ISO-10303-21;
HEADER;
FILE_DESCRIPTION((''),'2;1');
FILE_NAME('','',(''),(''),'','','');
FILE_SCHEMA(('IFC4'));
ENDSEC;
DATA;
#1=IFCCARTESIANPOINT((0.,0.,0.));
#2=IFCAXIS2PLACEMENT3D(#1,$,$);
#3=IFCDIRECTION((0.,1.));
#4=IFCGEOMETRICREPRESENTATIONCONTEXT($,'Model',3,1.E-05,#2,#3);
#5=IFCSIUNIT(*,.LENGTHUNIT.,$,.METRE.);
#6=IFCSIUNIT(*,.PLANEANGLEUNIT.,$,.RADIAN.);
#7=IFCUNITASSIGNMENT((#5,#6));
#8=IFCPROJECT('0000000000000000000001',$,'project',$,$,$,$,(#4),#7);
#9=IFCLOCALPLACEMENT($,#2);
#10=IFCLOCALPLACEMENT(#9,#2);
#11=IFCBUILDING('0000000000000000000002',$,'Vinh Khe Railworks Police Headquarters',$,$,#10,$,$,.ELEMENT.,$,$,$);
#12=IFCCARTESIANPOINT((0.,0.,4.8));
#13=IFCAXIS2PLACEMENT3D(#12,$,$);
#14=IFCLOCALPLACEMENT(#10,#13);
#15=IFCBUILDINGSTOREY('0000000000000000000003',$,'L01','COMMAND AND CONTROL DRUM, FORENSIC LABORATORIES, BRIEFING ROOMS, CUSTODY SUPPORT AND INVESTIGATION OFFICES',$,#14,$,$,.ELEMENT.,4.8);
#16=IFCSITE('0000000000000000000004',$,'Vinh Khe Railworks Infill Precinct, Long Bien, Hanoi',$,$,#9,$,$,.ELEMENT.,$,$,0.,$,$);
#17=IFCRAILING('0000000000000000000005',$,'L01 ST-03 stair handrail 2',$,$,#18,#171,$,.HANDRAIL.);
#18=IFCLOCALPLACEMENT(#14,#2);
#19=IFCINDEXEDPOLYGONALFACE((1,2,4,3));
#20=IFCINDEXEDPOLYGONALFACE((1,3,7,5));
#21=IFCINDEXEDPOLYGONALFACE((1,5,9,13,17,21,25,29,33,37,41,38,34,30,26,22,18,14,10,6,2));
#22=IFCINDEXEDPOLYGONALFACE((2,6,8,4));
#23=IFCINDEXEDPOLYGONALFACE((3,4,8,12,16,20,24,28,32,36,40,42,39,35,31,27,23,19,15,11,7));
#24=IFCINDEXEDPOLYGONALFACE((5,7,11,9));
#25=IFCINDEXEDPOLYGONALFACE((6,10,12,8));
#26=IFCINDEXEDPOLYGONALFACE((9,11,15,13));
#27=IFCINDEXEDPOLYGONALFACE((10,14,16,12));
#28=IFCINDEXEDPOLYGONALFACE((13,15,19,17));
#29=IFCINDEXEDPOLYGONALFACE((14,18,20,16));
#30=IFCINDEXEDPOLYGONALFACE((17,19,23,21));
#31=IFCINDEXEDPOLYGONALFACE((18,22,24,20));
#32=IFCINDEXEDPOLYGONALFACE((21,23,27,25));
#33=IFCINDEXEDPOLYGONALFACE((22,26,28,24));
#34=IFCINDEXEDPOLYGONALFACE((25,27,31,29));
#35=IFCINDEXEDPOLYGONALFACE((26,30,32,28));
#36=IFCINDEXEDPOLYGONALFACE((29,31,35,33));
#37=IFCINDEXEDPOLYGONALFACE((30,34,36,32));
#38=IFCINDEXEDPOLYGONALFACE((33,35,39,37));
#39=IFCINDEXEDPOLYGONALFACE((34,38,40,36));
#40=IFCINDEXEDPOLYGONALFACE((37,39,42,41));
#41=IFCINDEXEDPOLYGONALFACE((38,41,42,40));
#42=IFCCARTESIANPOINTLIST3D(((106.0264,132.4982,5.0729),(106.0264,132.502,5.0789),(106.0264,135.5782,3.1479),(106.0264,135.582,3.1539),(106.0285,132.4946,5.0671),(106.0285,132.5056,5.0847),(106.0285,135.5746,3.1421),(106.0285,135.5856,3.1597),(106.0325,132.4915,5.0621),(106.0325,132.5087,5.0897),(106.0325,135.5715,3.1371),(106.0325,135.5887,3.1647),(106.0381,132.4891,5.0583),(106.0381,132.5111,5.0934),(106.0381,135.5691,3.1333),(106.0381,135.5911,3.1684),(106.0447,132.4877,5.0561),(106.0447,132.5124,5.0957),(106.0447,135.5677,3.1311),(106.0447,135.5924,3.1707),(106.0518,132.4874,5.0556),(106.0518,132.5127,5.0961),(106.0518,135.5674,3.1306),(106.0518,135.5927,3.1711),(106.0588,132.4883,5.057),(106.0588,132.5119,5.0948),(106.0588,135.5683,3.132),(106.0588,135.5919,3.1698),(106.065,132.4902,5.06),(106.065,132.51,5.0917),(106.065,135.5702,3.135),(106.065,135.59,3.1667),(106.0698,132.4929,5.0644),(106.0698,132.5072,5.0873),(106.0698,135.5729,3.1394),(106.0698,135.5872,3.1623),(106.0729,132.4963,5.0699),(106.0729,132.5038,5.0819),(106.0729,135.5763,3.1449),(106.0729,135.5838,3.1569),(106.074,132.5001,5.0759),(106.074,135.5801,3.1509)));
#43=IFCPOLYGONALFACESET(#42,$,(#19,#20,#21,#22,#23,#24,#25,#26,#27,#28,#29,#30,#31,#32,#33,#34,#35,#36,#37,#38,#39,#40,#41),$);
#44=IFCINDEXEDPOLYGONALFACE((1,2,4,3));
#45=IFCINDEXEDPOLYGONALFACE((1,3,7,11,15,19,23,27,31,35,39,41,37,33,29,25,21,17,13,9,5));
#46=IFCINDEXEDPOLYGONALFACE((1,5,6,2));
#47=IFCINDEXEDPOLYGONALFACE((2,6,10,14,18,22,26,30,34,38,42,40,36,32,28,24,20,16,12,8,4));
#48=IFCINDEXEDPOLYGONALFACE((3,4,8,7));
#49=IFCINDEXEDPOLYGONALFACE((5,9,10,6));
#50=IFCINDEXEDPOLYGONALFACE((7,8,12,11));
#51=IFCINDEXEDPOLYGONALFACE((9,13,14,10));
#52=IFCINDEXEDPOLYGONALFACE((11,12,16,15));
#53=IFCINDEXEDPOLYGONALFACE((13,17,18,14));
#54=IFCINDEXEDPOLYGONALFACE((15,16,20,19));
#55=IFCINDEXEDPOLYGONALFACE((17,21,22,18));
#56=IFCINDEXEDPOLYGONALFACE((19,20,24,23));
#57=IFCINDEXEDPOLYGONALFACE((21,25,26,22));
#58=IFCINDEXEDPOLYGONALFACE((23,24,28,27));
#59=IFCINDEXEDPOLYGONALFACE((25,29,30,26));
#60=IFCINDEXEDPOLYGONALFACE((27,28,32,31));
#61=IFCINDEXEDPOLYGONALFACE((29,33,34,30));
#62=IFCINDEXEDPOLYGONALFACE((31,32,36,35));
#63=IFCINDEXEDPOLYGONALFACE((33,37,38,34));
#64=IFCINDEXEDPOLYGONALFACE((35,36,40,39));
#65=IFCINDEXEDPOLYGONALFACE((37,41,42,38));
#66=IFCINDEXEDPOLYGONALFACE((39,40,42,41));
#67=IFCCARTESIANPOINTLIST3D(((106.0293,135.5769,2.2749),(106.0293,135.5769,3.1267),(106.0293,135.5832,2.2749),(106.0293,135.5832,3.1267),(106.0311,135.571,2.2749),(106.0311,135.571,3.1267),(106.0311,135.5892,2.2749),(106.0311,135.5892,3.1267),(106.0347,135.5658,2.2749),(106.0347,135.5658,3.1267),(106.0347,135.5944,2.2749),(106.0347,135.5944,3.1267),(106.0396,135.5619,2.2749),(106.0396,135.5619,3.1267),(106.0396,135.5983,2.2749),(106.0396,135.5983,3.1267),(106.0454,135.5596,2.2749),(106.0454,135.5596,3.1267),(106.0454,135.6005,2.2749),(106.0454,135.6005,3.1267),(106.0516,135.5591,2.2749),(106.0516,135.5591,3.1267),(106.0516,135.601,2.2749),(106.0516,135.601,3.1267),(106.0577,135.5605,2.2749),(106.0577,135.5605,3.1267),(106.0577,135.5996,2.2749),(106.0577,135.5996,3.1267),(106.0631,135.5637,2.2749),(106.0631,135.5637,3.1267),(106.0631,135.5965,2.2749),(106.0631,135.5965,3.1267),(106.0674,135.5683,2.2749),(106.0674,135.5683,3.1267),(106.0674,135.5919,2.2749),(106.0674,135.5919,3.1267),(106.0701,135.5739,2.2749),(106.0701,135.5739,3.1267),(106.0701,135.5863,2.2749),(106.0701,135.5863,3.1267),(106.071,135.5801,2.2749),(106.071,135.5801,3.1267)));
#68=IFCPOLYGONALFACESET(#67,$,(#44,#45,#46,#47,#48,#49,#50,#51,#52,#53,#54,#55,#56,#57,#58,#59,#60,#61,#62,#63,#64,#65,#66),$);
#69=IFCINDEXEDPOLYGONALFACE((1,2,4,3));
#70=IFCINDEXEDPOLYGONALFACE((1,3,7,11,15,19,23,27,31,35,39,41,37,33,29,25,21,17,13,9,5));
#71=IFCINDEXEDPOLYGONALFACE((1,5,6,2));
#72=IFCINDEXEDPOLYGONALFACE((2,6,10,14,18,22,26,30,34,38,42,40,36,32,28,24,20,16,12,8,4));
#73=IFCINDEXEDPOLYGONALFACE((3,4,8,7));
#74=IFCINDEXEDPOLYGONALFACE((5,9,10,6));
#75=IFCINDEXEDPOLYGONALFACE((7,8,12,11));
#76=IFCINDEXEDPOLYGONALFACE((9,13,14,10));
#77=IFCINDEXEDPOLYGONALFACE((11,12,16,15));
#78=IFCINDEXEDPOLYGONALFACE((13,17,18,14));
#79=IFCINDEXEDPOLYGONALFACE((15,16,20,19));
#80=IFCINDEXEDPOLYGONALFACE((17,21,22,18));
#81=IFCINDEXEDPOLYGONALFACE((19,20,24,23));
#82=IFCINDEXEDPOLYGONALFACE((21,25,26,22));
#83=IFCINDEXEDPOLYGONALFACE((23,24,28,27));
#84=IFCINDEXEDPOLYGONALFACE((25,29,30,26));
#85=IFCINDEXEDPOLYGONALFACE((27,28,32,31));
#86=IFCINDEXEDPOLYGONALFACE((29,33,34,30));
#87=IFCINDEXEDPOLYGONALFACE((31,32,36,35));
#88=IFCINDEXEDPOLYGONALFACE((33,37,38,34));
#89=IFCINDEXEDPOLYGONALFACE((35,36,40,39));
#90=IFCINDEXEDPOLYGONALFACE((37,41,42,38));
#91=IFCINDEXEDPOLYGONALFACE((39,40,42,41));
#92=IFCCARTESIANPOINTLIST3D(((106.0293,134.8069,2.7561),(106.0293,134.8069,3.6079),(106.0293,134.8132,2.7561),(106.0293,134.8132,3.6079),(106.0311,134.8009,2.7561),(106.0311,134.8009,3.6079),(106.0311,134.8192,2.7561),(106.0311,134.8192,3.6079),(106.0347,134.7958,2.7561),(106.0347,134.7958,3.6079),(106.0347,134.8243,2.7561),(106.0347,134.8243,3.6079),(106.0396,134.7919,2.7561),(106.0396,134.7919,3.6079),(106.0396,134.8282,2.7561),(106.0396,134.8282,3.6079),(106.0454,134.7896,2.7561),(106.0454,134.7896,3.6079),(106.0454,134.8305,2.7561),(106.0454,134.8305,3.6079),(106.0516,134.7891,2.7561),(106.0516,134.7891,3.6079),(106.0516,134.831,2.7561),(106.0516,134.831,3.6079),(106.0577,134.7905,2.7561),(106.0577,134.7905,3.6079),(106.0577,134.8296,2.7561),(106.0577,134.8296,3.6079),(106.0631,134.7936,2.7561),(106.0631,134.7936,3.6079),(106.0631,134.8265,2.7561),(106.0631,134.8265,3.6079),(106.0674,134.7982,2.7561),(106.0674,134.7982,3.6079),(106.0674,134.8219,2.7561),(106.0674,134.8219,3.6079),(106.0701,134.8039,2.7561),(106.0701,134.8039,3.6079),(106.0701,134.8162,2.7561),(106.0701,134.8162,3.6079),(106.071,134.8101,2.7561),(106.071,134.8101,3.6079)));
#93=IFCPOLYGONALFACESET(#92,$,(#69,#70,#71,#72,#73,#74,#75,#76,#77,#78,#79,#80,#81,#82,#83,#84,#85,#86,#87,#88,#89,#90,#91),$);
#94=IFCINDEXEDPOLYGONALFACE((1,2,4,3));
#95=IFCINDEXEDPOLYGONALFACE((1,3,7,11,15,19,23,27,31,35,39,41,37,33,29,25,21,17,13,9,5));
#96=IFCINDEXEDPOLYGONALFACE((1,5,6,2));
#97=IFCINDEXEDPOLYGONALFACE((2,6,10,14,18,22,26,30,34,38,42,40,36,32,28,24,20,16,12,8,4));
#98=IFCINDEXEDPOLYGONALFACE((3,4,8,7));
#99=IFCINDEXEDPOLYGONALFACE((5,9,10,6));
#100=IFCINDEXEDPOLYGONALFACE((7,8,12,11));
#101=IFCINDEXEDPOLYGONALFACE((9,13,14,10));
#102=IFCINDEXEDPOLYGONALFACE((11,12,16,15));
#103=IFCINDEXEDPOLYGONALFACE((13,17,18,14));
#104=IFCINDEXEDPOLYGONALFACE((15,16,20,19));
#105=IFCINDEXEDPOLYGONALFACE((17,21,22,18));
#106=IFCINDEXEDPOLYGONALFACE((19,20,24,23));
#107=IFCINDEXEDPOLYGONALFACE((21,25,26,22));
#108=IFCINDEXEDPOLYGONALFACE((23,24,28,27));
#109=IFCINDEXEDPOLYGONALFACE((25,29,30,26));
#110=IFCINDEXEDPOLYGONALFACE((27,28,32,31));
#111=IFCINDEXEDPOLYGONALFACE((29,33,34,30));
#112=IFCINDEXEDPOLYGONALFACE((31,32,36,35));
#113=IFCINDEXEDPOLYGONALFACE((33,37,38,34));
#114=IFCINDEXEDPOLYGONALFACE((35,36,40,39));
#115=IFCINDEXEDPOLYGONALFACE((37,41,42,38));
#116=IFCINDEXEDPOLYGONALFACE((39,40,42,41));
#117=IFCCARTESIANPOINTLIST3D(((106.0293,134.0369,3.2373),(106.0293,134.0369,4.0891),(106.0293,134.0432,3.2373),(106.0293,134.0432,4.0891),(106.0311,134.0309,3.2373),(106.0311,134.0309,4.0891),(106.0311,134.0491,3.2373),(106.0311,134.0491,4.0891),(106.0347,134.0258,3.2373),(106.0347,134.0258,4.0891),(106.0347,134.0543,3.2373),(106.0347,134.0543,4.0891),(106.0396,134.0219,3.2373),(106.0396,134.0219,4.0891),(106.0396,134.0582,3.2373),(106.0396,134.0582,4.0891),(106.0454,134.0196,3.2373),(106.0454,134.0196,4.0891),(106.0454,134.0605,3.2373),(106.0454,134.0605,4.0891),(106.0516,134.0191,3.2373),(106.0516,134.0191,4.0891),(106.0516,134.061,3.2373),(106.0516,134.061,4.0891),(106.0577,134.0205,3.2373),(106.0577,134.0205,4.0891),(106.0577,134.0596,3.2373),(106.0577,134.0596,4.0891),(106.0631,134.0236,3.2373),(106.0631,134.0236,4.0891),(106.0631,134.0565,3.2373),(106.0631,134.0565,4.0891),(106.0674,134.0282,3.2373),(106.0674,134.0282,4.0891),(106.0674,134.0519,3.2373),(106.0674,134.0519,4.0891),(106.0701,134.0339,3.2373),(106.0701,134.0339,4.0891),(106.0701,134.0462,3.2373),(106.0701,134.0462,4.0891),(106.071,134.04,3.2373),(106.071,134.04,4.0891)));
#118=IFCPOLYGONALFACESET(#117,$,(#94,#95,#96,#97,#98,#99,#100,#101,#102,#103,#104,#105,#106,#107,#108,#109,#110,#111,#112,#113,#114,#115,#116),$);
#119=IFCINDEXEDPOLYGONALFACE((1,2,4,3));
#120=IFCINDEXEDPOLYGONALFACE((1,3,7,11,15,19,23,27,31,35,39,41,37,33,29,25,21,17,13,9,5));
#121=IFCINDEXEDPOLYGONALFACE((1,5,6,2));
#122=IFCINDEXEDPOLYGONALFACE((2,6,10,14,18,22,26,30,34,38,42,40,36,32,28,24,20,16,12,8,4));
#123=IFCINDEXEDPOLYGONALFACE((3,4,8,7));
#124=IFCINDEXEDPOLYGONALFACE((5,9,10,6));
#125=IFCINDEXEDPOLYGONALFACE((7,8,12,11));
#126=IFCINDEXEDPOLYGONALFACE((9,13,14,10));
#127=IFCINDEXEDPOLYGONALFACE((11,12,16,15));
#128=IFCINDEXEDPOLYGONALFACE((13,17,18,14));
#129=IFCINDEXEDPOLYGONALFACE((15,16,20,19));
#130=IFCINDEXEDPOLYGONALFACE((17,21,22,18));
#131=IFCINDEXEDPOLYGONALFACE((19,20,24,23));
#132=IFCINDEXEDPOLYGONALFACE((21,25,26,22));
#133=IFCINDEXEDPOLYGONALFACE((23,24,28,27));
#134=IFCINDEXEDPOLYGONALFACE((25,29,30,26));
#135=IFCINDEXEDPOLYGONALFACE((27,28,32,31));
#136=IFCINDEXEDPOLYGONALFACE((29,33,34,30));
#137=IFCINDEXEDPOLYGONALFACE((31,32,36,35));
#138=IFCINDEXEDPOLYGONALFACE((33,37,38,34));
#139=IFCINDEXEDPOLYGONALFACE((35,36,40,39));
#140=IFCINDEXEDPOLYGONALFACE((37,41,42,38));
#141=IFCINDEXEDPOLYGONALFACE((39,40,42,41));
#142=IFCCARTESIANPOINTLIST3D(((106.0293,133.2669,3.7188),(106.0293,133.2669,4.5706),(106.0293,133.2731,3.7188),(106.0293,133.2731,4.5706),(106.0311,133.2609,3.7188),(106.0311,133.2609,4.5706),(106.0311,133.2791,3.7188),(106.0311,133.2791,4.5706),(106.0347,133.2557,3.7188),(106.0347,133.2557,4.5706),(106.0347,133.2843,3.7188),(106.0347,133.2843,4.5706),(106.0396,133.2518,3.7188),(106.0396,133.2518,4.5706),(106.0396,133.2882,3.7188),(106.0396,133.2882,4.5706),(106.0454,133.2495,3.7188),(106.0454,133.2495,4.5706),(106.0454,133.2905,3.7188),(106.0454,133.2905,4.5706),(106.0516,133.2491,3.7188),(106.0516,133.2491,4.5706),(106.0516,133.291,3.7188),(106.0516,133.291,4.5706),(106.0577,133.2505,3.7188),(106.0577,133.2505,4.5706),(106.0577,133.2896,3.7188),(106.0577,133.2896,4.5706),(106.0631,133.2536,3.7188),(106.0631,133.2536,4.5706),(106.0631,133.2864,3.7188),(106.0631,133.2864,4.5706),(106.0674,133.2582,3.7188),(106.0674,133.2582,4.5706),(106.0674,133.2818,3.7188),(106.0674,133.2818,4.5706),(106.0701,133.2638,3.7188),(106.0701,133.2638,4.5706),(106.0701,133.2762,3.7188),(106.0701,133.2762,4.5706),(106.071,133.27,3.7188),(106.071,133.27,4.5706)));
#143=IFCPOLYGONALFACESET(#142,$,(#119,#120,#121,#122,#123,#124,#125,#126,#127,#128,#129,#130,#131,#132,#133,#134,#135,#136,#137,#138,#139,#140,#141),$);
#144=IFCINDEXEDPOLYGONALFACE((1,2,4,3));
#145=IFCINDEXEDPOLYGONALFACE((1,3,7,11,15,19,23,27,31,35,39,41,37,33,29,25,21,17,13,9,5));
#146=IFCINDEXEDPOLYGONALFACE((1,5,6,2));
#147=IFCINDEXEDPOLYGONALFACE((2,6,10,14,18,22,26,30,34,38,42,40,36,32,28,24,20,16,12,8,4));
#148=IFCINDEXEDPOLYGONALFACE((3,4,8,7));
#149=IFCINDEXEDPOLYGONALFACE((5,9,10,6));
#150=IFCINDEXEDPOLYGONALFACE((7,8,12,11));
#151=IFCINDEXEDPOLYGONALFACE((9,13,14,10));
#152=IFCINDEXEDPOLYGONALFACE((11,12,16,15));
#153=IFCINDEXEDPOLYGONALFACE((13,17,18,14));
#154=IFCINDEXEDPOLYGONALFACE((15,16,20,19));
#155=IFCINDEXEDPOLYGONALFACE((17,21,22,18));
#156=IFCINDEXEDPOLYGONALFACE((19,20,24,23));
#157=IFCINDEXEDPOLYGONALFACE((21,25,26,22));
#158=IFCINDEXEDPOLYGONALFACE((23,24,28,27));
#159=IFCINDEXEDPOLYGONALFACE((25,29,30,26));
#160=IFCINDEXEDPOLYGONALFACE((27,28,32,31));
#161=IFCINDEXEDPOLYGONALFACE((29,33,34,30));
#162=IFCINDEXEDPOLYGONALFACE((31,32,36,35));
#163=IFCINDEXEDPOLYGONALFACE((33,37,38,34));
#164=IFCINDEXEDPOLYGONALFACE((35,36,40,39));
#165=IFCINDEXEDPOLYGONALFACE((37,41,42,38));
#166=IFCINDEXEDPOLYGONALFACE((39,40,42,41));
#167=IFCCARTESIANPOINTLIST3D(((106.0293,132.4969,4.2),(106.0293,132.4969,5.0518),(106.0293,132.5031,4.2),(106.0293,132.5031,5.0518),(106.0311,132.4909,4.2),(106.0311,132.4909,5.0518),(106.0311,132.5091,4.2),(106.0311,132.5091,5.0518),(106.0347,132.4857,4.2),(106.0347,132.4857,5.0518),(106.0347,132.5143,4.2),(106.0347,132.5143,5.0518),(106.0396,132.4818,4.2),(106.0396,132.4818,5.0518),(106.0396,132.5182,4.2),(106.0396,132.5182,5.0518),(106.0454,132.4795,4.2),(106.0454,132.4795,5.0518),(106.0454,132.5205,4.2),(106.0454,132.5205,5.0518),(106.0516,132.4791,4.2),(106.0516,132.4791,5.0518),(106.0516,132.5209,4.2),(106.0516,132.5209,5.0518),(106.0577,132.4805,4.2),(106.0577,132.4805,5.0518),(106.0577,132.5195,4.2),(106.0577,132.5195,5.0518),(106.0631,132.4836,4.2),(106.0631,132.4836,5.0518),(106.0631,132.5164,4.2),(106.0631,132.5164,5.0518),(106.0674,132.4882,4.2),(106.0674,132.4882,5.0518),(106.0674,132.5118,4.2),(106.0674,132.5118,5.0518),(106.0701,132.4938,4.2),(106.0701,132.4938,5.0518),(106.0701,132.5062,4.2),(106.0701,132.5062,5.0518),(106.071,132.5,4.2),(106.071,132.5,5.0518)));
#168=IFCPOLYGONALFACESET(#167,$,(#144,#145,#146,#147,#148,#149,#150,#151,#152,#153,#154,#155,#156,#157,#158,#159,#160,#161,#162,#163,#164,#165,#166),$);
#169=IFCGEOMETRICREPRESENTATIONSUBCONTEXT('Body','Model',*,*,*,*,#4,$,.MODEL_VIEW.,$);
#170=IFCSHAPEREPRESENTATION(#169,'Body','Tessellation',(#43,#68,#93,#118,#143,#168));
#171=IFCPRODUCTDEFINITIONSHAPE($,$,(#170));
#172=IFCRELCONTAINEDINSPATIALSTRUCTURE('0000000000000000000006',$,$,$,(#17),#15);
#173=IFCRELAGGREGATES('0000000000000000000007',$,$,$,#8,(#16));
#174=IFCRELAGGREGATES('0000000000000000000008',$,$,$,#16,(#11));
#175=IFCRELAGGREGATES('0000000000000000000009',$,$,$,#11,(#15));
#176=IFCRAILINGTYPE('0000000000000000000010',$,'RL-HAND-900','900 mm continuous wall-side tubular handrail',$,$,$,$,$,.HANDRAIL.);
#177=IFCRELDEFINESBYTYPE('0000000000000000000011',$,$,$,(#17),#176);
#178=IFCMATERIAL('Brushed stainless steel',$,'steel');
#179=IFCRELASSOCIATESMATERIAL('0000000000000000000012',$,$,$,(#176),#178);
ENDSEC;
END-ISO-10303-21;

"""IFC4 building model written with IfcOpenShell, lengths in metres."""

from ifc_helpers import new_model, si_unit, direction, frame, origin, origin_2d, place, context, subcontext, project, spatial, circle, extrude, material, type_object, element, save


model = new_model("IFC4")

# Units and contexts
model_context = context("Model", 3, precision=1e-05, world=origin(), true_north=direction((0.0, 1.0)))
body_context = subcontext(model_context, "Body", "Model", "MODEL_VIEW")
ifc_project = project(units=[si_unit("LENGTHUNIT", "METRE"), si_unit("PLANEANGLEUNIT", "RADIAN")], contexts=[model_context])

# Site, building, storey
site_placement = place(None, origin())
site = spatial("IfcSite", under=ifc_project, at=site_placement, Name="Vinh Khe Railworks Infill Precinct, Long Bien, Hanoi", CompositionType="ELEMENT", RefElevation=0.0)
building_placement = place(site_placement, origin())
building = spatial("IfcBuilding", under=site, at=building_placement, Name="Vinh Khe Railworks Police Headquarters", CompositionType="ELEMENT")
storey_placement = place(building_placement, frame((0.0, 0.0, 4.8)))
storey = spatial("IfcBuildingStorey", under=building, at=storey_placement, Name="L01", Description="COMMAND AND CONTROL DRUM, FORENSIC LABORATORIES, BRIEFING ROOMS, CUSTODY SUPPORT AND INVESTIGATION OFFICES", CompositionType="ELEMENT", Elevation=4.8)

# Railing
ifc_material_1 = material(Name="Brushed stainless steel", Category="steel")
railing_type_1 = type_object("IfcRailingType", Name="RL-HAND-900", Description="900 mm continuous wall-side tubular handrail", PredefinedType="HANDRAIL", material=ifc_material_1)
railing_1_placement = place(storey_placement, frame((106.05, 135.5801, 2.2749)))
element("IfcRailing", 1, at=railing_1_placement, inside=storey, type_object=railing_type_1, Name="L01 ST-03 stair handrail 2", PredefinedType="HANDRAIL", context=body_context, shape_type="SweptSolid", body=[
    extrude(circle(Radius=0.0239, at=origin_2d()), frame((0.0, 0.0, 0.876), z_axis=(0.0, -0.847998, 0.529999), x_axis=(1.0, 0.0, 0.0)), (0.0, 0.0, 1.0), 3.6321),
    extrude(circle(Radius=0.021, at=origin_2d()), origin(), (0.0, 0.0, 1.0), 0.8518),
    extrude(circle(Radius=0.021, at=origin_2d()), frame((0.0, -0.77, 0.4812)), (0.0, 0.0, 1.0), 0.8518),
    extrude(circle(Radius=0.021, at=origin_2d()), frame((0.0, -1.54, 0.9624)), (0.0, 0.0, 1.0), 0.8518),
    extrude(circle(Radius=0.021, at=origin_2d()), frame((0.0, -2.3101, 1.4438)), (0.0, 0.0, 1.0), 0.8518),
    extrude(circle(Radius=0.021, at=origin_2d()), frame((0.0, -3.0801, 1.925)), (0.0, 0.0, 1.0), 0.8518),
])

save(model, "model.ifc")
